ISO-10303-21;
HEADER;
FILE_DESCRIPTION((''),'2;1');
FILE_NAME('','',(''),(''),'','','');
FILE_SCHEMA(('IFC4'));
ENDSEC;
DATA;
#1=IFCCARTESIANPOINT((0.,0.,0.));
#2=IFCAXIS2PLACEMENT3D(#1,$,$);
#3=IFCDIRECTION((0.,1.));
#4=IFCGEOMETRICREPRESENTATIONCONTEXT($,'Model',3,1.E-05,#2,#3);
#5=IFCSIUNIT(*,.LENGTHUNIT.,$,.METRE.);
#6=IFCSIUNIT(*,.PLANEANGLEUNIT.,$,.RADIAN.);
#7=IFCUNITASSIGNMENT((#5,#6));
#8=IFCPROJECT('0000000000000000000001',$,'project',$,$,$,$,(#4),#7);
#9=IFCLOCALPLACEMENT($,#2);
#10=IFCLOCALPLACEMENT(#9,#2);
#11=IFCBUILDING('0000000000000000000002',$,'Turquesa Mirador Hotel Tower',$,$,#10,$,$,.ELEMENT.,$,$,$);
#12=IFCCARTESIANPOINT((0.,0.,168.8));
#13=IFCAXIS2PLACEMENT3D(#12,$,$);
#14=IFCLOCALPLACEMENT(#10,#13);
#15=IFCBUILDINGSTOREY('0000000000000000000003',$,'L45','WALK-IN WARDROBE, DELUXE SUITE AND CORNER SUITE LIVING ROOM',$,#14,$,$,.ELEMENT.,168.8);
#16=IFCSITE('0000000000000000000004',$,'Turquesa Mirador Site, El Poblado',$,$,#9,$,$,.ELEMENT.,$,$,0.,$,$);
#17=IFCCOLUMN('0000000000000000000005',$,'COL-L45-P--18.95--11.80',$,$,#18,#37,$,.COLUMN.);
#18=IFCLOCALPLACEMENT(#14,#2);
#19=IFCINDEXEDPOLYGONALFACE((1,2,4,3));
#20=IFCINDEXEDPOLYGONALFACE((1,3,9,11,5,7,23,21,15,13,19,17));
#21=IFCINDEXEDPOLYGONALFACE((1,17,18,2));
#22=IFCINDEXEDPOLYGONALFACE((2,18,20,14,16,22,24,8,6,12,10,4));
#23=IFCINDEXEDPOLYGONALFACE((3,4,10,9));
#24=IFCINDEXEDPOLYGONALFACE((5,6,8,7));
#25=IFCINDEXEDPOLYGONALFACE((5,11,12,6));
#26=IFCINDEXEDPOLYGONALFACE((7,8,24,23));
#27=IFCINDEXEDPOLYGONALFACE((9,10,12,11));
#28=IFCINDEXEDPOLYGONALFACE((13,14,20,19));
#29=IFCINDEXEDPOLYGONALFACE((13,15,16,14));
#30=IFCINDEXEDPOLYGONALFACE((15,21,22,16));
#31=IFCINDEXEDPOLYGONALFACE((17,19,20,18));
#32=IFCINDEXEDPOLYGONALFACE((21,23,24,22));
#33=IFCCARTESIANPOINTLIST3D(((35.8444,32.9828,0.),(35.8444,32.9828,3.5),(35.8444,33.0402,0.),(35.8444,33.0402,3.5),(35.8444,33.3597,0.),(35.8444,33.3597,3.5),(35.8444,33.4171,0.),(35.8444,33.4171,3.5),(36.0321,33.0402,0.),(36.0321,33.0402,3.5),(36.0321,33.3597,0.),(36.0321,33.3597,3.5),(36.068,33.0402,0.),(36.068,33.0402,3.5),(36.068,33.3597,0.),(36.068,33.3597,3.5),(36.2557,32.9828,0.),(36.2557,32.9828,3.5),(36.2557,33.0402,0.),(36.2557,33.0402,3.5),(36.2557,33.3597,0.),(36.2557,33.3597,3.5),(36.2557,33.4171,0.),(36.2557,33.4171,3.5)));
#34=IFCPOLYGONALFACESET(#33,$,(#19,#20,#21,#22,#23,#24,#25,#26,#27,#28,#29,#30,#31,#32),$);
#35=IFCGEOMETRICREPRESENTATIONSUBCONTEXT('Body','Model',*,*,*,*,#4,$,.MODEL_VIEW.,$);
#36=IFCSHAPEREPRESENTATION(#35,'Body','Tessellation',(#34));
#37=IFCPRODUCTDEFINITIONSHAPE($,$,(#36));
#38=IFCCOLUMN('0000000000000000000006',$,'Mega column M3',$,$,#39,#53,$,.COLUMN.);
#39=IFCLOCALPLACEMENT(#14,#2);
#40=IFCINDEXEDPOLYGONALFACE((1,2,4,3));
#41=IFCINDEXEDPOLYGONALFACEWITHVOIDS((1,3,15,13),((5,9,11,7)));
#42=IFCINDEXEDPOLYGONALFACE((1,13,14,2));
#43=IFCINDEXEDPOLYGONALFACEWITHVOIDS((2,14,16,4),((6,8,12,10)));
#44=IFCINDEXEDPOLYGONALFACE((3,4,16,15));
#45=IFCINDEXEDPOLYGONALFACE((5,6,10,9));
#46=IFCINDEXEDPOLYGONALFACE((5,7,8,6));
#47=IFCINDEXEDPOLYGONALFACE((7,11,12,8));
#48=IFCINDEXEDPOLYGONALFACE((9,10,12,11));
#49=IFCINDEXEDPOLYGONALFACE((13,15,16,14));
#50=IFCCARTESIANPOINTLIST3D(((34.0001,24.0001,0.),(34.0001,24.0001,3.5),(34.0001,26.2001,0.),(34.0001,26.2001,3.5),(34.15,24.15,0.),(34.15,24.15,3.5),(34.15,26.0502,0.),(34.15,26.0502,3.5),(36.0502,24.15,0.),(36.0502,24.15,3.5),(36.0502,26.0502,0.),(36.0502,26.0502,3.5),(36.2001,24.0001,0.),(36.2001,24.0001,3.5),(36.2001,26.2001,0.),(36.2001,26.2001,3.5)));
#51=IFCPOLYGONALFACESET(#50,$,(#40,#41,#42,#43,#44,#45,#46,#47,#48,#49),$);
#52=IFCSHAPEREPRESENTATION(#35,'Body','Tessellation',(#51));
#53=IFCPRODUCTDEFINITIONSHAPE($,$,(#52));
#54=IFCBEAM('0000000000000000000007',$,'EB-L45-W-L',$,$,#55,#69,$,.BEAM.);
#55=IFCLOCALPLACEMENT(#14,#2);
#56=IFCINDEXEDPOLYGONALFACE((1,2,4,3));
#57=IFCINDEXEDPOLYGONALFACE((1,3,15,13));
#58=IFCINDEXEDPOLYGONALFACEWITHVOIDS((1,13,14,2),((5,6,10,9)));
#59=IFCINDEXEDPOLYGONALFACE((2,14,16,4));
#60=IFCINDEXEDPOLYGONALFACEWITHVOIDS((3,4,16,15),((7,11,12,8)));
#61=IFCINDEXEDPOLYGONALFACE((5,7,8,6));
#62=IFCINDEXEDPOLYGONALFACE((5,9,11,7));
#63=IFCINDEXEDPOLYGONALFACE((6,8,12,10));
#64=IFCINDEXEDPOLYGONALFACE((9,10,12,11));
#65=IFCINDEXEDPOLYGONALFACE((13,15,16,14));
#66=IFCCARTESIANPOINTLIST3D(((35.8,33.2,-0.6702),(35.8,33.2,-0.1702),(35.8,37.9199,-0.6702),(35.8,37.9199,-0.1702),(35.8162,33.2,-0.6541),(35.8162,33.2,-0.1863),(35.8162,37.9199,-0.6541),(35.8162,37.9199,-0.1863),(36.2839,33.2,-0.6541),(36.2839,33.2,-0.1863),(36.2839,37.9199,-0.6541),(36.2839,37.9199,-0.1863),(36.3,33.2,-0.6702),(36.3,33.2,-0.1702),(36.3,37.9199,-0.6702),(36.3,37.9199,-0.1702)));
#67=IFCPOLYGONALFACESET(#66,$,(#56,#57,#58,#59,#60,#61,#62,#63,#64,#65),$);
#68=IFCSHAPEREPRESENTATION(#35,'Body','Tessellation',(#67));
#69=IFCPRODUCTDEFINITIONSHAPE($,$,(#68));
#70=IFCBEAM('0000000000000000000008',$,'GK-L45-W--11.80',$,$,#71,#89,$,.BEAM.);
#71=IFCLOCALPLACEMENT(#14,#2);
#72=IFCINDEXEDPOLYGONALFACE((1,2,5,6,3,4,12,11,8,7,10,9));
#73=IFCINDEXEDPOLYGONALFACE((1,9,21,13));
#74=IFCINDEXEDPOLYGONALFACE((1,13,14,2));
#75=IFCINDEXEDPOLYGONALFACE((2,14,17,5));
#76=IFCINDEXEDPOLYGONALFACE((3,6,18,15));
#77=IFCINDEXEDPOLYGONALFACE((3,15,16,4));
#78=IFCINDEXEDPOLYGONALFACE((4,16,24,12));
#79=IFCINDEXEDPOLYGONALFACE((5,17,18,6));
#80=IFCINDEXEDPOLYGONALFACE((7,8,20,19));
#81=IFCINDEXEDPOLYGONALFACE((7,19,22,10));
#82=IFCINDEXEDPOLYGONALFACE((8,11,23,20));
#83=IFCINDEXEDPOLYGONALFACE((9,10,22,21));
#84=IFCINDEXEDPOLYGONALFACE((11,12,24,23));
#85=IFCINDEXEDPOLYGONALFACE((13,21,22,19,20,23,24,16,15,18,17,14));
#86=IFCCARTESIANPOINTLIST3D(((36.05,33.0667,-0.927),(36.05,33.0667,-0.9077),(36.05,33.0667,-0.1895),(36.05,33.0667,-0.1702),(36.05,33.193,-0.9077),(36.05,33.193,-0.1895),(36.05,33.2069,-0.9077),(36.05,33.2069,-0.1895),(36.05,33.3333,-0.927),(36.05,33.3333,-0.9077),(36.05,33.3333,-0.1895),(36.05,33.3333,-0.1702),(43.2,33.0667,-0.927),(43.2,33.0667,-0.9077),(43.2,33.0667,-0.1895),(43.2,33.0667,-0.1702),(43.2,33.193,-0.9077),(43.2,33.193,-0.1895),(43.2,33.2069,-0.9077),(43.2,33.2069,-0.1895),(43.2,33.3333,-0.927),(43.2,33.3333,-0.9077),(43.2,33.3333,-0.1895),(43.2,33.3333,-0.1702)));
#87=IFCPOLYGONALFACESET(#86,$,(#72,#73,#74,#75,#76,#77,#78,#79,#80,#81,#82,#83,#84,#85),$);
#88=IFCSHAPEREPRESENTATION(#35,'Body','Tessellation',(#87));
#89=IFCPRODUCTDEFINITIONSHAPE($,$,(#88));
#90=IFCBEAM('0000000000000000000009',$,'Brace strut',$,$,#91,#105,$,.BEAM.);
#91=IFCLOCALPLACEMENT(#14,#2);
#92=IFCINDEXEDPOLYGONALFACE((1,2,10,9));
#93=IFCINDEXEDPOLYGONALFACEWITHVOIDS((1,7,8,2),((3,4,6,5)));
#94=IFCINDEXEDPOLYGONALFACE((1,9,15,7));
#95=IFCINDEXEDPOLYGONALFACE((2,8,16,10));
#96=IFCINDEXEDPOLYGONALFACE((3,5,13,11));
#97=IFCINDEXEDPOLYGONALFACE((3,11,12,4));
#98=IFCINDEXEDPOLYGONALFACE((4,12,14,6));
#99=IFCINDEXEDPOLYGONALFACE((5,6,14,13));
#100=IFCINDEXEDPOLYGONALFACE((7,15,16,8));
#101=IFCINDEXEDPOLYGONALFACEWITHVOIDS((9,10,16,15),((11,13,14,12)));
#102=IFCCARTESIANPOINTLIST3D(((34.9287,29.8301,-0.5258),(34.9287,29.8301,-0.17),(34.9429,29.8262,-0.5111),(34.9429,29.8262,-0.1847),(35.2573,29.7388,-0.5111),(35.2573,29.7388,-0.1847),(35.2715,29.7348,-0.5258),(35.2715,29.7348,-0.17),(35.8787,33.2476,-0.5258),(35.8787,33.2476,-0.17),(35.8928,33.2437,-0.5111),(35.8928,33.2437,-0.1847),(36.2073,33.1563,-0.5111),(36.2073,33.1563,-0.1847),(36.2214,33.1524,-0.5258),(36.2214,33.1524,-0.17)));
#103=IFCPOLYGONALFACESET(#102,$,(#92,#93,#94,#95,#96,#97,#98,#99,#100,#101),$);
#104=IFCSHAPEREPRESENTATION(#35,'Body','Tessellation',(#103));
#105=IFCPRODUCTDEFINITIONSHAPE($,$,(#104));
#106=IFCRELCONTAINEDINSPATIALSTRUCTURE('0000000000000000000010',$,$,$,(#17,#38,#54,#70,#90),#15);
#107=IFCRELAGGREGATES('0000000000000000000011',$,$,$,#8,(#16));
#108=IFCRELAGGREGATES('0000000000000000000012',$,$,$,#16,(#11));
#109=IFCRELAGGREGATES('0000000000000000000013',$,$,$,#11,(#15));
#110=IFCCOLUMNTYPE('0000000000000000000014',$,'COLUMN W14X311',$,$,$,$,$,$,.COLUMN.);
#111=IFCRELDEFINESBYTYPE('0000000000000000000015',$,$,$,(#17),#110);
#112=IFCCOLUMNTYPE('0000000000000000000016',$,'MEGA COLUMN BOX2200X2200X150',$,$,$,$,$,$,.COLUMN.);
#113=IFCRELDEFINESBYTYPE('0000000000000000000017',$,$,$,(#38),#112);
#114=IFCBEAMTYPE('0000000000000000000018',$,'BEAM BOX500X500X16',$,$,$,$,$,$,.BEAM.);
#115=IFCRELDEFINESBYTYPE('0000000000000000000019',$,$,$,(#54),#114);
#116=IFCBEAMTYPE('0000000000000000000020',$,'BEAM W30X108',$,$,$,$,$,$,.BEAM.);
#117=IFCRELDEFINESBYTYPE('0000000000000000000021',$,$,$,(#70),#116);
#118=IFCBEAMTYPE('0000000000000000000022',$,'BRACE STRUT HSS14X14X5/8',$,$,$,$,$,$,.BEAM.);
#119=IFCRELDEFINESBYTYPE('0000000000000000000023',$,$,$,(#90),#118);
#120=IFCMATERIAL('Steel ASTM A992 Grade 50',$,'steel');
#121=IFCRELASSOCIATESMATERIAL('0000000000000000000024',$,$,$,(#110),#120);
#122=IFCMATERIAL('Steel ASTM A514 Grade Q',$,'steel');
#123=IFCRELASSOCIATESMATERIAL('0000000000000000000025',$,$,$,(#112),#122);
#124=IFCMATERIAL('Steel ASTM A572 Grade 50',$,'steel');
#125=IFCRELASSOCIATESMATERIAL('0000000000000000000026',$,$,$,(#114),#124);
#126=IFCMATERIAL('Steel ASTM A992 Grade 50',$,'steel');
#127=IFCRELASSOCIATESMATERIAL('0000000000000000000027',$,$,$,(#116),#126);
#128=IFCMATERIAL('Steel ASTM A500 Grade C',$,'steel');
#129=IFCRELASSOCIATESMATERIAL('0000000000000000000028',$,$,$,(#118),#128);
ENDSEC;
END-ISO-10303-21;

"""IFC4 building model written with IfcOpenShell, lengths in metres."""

from ifc_helpers import new_model, si_unit, direction, frame, origin, origin_2d, place, context, subcontext, project, spatial, hollow_rectangle, i_section, extrude, material, material_profile, profile_set, type_object, element, save


model = new_model("IFC4")

# Units and contexts
model_context = context("Model", 3, precision=1e-05, world=origin(), true_north=direction((0.0, 1.0)))
body_context = subcontext(model_context, "Body", "Model", "MODEL_VIEW")
ifc_project = project(units=[si_unit("LENGTHUNIT", "METRE"), si_unit("PLANEANGLEUNIT", "RADIAN")], contexts=[model_context])

# Site, building, storey
site_placement = place(None, origin())
site = spatial("IfcSite", under=ifc_project, at=site_placement, Name="Turquesa Mirador Site, El Poblado", CompositionType="ELEMENT", RefElevation=0.0)
building_placement = place(site_placement, origin())
building = spatial("IfcBuilding", under=site, at=building_placement, Name="Turquesa Mirador Hotel Tower", CompositionType="ELEMENT")
storey_placement = place(building_placement, frame((0.0, 0.0, 168.8)))
storey = spatial("IfcBuildingStorey", under=building, at=storey_placement, Name="L45", Description="WALK-IN WARDROBE, DELUXE SUITE AND CORNER SUITE LIVING ROOM", CompositionType="ELEMENT", Elevation=168.8)

# Columns
ifc_material_1 = material(Name="Steel ASTM A992 Grade 50", Category="steel")
ifc_material_profile_1 = material_profile(ifc_material_1, i_section(OverallWidth=0.4114, OverallDepth=0.4343, WebThickness=0.0359, FlangeThickness=0.0574, at=origin_2d()), Name="W14X311")
ifc_profile_set_1 = profile_set([ifc_material_profile_1], Name="Steel ASTM A992 Grade 50")
column_type_1 = type_object("IfcColumnType", Name="COLUMN W14X311", PredefinedType="COLUMN", material=ifc_profile_set_1)
column_1_placement = place(storey_placement, frame((36.05, 33.2, 0.0), z_axis=(0.0, 0.0, 1.0), x_axis=(1.0, 0.0, 0.0)))
element("IfcColumn", 1, at=column_1_placement, inside=storey, type_object=column_type_1, Name="COL-L45-P--18.95--11.80", PredefinedType="COLUMN", context=body_context, shape_type="SweptSolid", body=[
    extrude(i_section(OverallWidth=0.4114, OverallDepth=0.4343, WebThickness=0.0359, FlangeThickness=0.0574, at=origin_2d()), origin(), (0.0, 0.0, 1.0), 3.5),
])
ifc_material_2 = material(Name="Steel ASTM A514 Grade Q", Category="steel")
ifc_material_profile_2 = material_profile(ifc_material_2, hollow_rectangle(XDim=2.2, YDim=2.2, WallThickness=0.1499, at=origin_2d()), Name="BOX2200X2200X150")
ifc_profile_set_2 = profile_set([ifc_material_profile_2], Name="Steel ASTM A514 Grade Q")
column_type_2 = type_object("IfcColumnType", Name="MEGA COLUMN BOX2200X2200X150", PredefinedType="COLUMN", material=ifc_profile_set_2)
column_2_placement = place(storey_placement, frame((35.1001, 25.1001, 0.0), z_axis=(0.0, 0.0, 1.0), x_axis=(1.0, 0.0, 0.0)))
element("IfcColumn", 2, at=column_2_placement, inside=storey, type_object=column_type_2, Name="Mega column M3", PredefinedType="COLUMN", context=body_context, shape_type="SweptSolid", body=[
    extrude(hollow_rectangle(XDim=2.2, YDim=2.2, WallThickness=0.1499, at=origin_2d()), origin(), (0.0, 0.0, 1.0), 3.5),
])

# Beams
ifc_material_3 = material(Name="Steel ASTM A572 Grade 50", Category="steel")
ifc_material_profile_3 = material_profile(ifc_material_3, hollow_rectangle(XDim=0.5, YDim=0.5, WallThickness=0.0161, at=origin_2d()), Name="BOX500X500X16")
ifc_profile_set_3 = profile_set([ifc_material_profile_3], Name="Steel ASTM A572 Grade 50")
beam_type_1 = type_object("IfcBeamType", Name="BEAM BOX500X500X16", PredefinedType="BEAM", material=ifc_profile_set_3)
beam_1_placement = place(storey_placement, frame((36.05, 33.2, -0.4202), z_axis=(0.0, 1.0, 0.0), x_axis=(-1.0, 0.0, 0.0)))
element("IfcBeam", 3, at=beam_1_placement, inside=storey, type_object=beam_type_1, Name="EB-L45-W-L", PredefinedType="BEAM", context=body_context, shape_type="SweptSolid", body=[
    extrude(hollow_rectangle(XDim=0.5, YDim=0.5, WallThickness=0.0161, at=origin_2d()), origin(), (0.0, 0.0, 1.0), 4.72),
])
ifc_material_4 = material(Name="Steel ASTM A992 Grade 50", Category="steel")
ifc_material_profile_4 = material_profile(ifc_material_4, i_section(OverallWidth=0.2666, OverallDepth=0.7568, WebThickness=0.0139, FlangeThickness=0.0193, at=origin_2d()), Name="W30X108")
ifc_profile_set_4 = profile_set([ifc_material_profile_4], Name="Steel ASTM A992 Grade 50")
beam_type_2 = type_object("IfcBeamType", Name="BEAM W30X108", PredefinedType="BEAM", material=ifc_profile_set_4)
beam_2_placement = place(storey_placement, frame((36.05, 33.2, -0.5486), z_axis=(1.0, 0.0, 0.0), x_axis=(0.0, 1.0, 0.0)))
element("IfcBeam", 4, at=beam_2_placement, inside=storey, type_object=beam_type_2, Name="GK-L45-W--11.80", PredefinedType="BEAM", context=body_context, shape_type="SweptSolid", body=[
    extrude(i_section(OverallWidth=0.2666, OverallDepth=0.7568, WebThickness=0.0139, FlangeThickness=0.0193, at=origin_2d()), origin(), (0.0, 0.0, 1.0), 7.1499),
])
ifc_material_5 = material(Name="Steel ASTM A500 Grade C", Category="steel")
ifc_material_profile_5 = material_profile(ifc_material_5, hollow_rectangle(XDim=0.3557, YDim=0.3557, WallThickness=0.0146, at=origin_2d()), Name="HSS14X14X5/8")
ifc_profile_set_5 = profile_set([ifc_material_profile_5], Name="Steel ASTM A500 Grade C")
beam_type_3 = type_object("IfcBeamType", Name="BRACE STRUT HSS14X14X5/8", PredefinedType="BEAM", material=ifc_profile_set_5)
beam_3_placement = place(storey_placement, frame((35.1001, 29.7825, -0.3479), z_axis=(0.267814, 0.963471, 0.0), x_axis=(-0.963471, 0.267814, 0.0)))
element("IfcBeam", 5, at=beam_3_placement, inside=storey, type_object=beam_type_3, Name="Brace strut", PredefinedType="BEAM", context=body_context, shape_type="SweptSolid", body=[
    extrude(hollow_rectangle(XDim=0.3557, YDim=0.3557, WallThickness=0.0146, at=origin_2d()), origin(), (0.0, 0.0, 1.0), 3.5471),
])

save(model, "model.ifc")
